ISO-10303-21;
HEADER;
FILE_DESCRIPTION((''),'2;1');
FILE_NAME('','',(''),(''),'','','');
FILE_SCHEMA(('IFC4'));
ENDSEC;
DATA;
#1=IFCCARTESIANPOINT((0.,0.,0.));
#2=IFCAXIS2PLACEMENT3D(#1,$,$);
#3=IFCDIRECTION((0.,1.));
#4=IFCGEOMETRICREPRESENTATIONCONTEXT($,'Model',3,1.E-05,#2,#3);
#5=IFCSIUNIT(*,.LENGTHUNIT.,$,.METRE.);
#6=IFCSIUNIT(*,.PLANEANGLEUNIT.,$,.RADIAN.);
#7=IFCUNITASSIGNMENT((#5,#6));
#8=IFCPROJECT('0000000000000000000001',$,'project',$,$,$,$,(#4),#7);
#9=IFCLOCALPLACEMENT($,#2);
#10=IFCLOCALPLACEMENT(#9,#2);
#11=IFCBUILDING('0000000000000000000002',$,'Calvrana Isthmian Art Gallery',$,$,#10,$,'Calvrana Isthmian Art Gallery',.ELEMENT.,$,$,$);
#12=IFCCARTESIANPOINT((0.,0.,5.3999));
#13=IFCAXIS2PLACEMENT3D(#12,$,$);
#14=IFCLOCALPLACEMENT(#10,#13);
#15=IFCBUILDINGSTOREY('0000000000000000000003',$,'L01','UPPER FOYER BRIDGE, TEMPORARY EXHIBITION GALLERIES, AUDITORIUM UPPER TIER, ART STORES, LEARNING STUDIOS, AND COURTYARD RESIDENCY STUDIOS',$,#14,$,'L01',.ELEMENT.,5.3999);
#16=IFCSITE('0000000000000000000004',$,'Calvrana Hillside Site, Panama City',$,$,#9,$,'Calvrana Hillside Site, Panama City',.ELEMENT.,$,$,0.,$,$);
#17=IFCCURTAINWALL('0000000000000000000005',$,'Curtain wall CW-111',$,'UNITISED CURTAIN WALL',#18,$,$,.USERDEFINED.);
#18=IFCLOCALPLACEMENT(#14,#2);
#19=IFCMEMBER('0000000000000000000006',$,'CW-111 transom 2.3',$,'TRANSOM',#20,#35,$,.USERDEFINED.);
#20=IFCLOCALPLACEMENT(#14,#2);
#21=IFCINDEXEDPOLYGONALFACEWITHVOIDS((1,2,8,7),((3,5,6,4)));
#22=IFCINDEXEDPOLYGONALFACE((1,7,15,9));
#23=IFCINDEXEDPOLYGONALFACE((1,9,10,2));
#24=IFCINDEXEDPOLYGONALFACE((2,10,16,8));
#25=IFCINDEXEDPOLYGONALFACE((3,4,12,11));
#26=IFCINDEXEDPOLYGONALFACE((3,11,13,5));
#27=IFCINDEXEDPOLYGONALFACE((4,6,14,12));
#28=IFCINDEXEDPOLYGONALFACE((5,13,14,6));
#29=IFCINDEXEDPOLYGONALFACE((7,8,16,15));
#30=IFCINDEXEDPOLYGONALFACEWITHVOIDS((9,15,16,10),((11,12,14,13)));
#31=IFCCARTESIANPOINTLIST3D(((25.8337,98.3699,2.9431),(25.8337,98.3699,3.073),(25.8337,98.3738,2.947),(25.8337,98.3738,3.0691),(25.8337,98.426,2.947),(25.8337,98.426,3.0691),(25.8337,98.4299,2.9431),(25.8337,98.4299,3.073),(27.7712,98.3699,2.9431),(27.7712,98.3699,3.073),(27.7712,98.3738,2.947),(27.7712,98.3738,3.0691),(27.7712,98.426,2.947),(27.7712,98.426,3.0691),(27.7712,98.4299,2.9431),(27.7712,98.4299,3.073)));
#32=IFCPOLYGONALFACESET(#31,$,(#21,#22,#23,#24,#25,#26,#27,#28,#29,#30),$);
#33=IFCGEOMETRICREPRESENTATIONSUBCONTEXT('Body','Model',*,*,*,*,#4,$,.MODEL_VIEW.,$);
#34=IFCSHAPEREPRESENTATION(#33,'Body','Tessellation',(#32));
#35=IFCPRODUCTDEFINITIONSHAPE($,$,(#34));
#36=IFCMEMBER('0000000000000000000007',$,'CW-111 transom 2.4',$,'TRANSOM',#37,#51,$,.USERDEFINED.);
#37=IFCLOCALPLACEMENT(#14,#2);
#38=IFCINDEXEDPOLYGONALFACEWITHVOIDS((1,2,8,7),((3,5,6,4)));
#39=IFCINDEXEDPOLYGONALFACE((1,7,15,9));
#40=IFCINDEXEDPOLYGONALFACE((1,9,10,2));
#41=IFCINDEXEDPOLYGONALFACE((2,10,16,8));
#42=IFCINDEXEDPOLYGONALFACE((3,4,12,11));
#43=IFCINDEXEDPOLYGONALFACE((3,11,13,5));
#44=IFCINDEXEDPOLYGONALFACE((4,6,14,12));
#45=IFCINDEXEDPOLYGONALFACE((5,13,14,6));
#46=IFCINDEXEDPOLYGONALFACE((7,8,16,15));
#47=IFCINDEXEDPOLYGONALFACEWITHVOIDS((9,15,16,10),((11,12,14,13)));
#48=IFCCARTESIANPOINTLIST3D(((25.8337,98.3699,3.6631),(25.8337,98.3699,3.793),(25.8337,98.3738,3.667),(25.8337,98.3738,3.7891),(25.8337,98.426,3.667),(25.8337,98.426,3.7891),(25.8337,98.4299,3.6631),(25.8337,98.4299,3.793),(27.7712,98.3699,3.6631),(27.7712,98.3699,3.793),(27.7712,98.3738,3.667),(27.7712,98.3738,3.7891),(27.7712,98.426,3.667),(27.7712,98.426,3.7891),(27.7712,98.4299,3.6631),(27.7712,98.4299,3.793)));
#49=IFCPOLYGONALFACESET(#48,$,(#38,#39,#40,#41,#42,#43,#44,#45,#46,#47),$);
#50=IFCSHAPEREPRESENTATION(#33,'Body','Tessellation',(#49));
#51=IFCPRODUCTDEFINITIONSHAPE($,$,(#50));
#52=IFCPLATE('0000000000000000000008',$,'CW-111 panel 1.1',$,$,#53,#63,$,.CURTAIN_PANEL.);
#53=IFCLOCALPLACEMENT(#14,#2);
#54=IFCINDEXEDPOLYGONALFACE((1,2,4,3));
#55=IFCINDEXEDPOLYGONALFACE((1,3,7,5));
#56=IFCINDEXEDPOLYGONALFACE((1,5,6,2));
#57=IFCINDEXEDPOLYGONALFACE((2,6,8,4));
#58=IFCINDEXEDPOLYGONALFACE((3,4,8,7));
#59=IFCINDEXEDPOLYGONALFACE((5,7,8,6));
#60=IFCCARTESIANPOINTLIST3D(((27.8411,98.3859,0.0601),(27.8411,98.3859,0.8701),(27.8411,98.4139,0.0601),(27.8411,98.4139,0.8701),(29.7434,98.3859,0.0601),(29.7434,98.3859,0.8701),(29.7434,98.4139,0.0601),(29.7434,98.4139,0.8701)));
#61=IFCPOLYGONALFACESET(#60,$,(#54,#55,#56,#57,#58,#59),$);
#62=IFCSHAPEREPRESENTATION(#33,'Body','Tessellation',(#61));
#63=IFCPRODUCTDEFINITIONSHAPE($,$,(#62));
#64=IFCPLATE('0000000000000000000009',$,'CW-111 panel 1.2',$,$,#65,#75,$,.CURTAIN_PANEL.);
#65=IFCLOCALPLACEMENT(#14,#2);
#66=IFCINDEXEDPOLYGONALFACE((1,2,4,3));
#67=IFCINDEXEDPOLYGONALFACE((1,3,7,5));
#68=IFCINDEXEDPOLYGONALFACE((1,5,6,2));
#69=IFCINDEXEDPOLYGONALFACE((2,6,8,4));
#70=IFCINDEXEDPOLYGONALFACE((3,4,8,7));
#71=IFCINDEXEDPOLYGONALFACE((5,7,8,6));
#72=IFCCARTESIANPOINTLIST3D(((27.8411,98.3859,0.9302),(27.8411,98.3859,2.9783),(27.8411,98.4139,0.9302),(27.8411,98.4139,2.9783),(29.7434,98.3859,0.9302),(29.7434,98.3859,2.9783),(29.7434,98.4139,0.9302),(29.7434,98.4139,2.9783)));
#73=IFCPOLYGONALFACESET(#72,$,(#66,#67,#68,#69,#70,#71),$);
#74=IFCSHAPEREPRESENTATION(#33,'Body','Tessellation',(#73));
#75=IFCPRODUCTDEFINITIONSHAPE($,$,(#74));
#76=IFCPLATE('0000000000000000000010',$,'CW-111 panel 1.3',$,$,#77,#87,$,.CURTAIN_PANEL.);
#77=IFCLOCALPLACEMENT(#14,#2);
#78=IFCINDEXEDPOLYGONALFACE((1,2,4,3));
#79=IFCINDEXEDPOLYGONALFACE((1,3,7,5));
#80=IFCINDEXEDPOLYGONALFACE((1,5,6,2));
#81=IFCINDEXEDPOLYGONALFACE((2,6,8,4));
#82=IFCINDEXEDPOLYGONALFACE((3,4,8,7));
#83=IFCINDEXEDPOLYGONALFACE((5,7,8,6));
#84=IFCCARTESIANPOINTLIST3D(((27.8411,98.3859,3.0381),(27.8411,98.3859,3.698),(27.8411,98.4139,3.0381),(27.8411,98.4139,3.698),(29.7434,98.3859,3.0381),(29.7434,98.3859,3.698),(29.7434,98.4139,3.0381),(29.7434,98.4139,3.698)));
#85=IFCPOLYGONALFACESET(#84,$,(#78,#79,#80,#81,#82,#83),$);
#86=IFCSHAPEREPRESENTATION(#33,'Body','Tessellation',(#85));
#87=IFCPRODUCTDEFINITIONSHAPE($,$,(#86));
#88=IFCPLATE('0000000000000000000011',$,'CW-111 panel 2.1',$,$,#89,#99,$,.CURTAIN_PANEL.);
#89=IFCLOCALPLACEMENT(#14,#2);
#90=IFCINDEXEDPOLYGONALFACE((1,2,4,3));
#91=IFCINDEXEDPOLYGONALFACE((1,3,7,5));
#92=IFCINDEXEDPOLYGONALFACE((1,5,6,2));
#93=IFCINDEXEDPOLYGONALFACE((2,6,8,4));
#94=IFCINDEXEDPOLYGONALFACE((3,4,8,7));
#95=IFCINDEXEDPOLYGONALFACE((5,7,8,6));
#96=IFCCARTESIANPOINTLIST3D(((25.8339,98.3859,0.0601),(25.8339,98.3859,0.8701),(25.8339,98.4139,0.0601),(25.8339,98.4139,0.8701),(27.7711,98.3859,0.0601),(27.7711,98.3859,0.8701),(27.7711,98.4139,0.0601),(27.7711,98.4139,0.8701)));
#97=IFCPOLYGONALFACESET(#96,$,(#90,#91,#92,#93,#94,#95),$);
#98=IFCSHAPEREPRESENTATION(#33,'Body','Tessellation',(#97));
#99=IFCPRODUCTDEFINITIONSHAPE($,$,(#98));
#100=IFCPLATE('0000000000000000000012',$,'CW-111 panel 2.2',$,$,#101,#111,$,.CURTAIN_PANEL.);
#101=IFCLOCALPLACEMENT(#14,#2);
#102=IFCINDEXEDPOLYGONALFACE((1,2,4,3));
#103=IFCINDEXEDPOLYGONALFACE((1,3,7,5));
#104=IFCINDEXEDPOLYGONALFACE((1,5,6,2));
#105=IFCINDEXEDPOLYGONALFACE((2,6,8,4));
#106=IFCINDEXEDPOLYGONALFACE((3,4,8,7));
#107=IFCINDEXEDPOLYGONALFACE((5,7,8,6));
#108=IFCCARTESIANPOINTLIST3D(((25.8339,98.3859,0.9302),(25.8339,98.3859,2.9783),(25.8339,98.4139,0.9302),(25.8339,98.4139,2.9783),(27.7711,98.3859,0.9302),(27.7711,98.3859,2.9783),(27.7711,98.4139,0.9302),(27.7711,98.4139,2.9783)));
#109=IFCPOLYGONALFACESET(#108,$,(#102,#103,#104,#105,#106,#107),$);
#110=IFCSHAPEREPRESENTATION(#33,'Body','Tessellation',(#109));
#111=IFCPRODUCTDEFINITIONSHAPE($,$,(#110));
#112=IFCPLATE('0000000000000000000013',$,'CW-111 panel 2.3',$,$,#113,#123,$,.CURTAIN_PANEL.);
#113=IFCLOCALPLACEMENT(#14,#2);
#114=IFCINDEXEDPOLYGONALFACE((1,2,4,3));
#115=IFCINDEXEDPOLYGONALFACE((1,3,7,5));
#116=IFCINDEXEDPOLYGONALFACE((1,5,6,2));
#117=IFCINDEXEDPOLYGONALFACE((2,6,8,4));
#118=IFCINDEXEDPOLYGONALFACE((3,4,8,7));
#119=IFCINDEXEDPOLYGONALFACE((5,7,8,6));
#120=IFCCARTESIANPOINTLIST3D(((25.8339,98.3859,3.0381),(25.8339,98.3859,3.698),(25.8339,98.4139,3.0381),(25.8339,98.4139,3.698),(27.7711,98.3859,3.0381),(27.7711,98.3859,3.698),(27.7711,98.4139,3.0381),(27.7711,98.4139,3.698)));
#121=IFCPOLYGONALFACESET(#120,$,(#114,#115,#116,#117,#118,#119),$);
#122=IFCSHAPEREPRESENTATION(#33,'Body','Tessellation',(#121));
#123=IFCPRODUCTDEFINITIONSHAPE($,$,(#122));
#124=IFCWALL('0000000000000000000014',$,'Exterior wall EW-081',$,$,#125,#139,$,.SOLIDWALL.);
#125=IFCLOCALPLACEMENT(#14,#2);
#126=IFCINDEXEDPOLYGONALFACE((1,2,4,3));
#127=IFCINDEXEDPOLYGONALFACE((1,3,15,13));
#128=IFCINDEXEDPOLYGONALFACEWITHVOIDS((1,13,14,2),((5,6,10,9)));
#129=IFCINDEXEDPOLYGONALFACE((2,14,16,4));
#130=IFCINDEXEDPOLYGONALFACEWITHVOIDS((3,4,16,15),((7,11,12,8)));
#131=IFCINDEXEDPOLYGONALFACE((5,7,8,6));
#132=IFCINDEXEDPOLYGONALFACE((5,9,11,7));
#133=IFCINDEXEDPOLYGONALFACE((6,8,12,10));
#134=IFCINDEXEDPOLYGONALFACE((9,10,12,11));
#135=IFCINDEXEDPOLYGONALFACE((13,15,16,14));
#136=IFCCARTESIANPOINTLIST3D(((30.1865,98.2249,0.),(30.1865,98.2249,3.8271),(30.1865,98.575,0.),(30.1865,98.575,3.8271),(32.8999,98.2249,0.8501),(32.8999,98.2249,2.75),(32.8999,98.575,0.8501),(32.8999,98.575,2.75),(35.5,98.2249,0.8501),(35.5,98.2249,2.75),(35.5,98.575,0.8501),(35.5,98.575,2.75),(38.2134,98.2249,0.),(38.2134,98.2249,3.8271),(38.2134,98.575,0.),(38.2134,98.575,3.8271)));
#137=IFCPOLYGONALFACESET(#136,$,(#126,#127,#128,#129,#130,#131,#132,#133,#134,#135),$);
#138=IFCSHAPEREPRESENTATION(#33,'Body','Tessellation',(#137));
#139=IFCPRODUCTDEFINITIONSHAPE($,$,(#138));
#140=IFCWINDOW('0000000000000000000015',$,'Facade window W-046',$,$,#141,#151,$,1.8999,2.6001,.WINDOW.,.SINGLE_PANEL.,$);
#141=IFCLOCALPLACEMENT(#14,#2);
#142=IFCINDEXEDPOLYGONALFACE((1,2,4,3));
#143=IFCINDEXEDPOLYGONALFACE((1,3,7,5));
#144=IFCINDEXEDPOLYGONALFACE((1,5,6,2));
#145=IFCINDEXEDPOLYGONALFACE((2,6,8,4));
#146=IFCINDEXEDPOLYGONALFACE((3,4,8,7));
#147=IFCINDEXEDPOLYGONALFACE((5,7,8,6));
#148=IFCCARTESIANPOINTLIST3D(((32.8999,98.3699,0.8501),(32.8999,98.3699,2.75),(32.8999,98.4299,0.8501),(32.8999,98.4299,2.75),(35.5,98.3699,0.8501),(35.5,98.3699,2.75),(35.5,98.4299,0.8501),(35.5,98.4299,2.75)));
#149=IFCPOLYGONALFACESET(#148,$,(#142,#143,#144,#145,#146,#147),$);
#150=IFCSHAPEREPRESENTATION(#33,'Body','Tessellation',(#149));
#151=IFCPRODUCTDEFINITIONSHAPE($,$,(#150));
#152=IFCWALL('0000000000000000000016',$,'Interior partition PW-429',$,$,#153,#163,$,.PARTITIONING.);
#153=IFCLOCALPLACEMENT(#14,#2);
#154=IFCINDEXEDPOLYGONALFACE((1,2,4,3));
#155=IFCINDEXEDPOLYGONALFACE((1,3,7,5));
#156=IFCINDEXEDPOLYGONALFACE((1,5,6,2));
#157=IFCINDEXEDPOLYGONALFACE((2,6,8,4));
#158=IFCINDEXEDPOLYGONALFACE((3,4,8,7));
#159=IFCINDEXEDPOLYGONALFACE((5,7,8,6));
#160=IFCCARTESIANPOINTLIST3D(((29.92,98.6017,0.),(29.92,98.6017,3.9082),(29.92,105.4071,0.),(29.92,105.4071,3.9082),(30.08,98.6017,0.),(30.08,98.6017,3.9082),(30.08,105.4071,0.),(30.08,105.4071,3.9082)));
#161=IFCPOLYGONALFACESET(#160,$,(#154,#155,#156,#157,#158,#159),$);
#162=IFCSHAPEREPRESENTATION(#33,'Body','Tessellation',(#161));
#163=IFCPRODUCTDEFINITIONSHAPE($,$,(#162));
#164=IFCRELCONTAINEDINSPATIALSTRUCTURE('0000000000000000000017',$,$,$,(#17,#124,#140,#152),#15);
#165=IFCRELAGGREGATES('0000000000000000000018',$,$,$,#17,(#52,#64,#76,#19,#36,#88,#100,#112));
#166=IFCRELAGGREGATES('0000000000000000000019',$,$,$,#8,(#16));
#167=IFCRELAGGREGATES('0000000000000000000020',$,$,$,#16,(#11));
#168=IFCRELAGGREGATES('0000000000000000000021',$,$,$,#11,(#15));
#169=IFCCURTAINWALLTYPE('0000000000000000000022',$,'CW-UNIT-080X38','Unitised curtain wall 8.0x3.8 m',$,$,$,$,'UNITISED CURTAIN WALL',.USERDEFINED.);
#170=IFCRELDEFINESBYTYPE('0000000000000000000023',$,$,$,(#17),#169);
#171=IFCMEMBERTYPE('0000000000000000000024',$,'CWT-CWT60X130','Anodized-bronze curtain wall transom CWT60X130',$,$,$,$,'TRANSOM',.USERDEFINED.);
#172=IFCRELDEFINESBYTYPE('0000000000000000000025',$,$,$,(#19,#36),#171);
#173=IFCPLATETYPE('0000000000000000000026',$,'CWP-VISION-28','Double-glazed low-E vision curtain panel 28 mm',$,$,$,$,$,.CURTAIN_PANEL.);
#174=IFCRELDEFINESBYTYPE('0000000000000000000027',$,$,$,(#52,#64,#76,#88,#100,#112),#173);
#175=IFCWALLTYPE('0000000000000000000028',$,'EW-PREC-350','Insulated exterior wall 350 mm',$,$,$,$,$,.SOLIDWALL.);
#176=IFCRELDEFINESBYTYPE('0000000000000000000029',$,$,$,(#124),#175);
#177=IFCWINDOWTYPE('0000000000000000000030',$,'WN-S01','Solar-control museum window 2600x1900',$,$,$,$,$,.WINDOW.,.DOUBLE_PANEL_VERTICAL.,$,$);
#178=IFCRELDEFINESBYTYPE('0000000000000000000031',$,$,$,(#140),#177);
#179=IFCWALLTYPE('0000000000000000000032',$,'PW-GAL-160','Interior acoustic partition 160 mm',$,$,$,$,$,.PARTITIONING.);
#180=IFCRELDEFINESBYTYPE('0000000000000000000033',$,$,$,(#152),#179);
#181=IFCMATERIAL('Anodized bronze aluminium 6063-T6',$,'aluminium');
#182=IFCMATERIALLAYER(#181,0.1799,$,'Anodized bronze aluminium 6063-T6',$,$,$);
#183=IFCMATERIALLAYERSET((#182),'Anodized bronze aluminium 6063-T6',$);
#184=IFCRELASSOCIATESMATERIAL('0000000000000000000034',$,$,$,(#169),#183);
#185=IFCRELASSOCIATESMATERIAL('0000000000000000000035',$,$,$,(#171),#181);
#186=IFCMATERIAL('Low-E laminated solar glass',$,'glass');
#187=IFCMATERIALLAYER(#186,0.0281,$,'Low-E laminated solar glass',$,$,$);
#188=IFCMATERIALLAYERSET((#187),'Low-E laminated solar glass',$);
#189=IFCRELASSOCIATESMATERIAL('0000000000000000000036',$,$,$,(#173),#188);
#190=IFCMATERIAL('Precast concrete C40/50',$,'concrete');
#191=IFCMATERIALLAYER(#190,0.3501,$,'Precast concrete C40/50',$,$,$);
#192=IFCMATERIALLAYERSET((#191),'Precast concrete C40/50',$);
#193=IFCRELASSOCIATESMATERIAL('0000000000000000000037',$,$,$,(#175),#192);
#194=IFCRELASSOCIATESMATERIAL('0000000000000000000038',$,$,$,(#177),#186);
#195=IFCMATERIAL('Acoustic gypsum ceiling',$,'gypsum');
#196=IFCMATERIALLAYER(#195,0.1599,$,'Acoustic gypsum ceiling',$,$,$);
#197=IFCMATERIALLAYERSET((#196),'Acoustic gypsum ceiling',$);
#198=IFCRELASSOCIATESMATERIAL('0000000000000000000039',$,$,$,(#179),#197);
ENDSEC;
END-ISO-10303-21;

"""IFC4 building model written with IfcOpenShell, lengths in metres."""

from ifc_helpers import new_model, si_unit, direction, frame, frame_2d, origin, origin_2d, place, context, subcontext, project, spatial, rectangle, hollow_rectangle, extrude, material, layer, layer_set, material_profile, profile_set, type_object, element, fill, aggregate, save


model = new_model("IFC4")

# Units and contexts
model_context = context("Model", 3, precision=1e-05, world=origin(), true_north=direction((0.0, 1.0)))
body_context = subcontext(model_context, "Body", "Model", "MODEL_VIEW")
ifc_project = project(units=[si_unit("LENGTHUNIT", "METRE"), si_unit("PLANEANGLEUNIT", "RADIAN")], contexts=[model_context])

# Site, building, storey
site_placement = place(None, origin())
site = spatial("IfcSite", under=ifc_project, at=site_placement, Name="Calvrana Hillside Site, Panama City", LongName="Calvrana Hillside Site, Panama City", CompositionType="ELEMENT", RefElevation=0.0)
building_placement = place(site_placement, origin())
building = spatial("IfcBuilding", under=site, at=building_placement, Name="Calvrana Isthmian Art Gallery", LongName="Calvrana Isthmian Art Gallery", CompositionType="ELEMENT")
storey_placement = place(building_placement, frame((0.0, 0.0, 5.3999)))
storey = spatial("IfcBuildingStorey", under=building, at=storey_placement, Name="L01", Description="UPPER FOYER BRIDGE, TEMPORARY EXHIBITION GALLERIES, AUDITORIUM UPPER TIER, ART STORES, LEARNING STUDIOS, AND COURTYARD RESIDENCY STUDIOS", LongName="L01", CompositionType="ELEMENT", Elevation=5.3999)

# Curtain wall, members, plates
ifc_material_1 = material(Name="Anodized bronze aluminium 6063-T6", Category="aluminium")
ifc_layer_1 = layer(ifc_material_1, 0.1799, Name="Anodized bronze aluminium 6063-T6")
ifc_layer_set_1 = layer_set([ifc_layer_1], Name="Anodized bronze aluminium 6063-T6")
curtain_wall_type = type_object("IfcCurtainWallType", Name="CW-UNIT-080X38", Description="Unitised curtain wall 8.0x3.8 m", ElementType="UNITISED CURTAIN WALL", PredefinedType="USERDEFINED", material=ifc_layer_set_1)
curtain_wall_placement = place(storey_placement, origin())
curtain_wall = element("IfcCurtainWall", 1, at=curtain_wall_placement, inside=storey, type_object=curtain_wall_type, Name="Curtain wall CW-111", ObjectType="UNITISED CURTAIN WALL", PredefinedType="USERDEFINED")
ifc_material_profile_1 = material_profile(ifc_material_1, hollow_rectangle(XDim=0.0601, YDim=0.1299, WallThickness=0.0039, at=origin_2d()), Name="CWT60X130")
ifc_profile_set_1 = profile_set([ifc_material_profile_1], Name="Anodized bronze aluminium 6063-T6")
member_type_1 = type_object("IfcMemberType", Name="CWT-CWT60X130", Description="Anodized-bronze curtain wall transom CWT60X130", ElementType="TRANSOM", PredefinedType="USERDEFINED", material=ifc_profile_set_1)
member_1_placement = place(storey_placement, frame((27.7712, 98.3999, 3.0081), z_axis=(-1.0, 0.0, 0.0), x_axis=(0.0, -1.0, 0.0)))
member_1 = element("IfcMember", 2, at=member_1_placement, type_object=member_type_1, Name="CW-111 transom 2.3", ObjectType="TRANSOM", PredefinedType="USERDEFINED", context=body_context, shape_type="SweptSolid", body=[
    extrude(hollow_rectangle(XDim=0.0601, YDim=0.1299, WallThickness=0.0039, at=origin_2d()), origin(), (0.0, 0.0, 1.0), 1.9375),
])
member_2_placement = place(storey_placement, frame((27.7712, 98.3999, 3.728), z_axis=(-1.0, 0.0, 0.0), x_axis=(0.0, -1.0, 0.0)))
member_2 = element("IfcMember", 3, at=member_2_placement, type_object=member_type_1, Name="CW-111 transom 2.4", ObjectType="TRANSOM", PredefinedType="USERDEFINED", context=body_context, shape_type="SweptSolid", body=[
    extrude(hollow_rectangle(XDim=0.0601, YDim=0.1299, WallThickness=0.0039, at=origin_2d()), origin(), (0.0, 0.0, 1.0), 1.9375),
])
ifc_material_2 = material(Name="Low-E laminated solar glass", Category="glass")
ifc_layer_2 = layer(ifc_material_2, 0.0281, Name="Low-E laminated solar glass")
ifc_layer_set_2 = layer_set([ifc_layer_2], Name="Low-E laminated solar glass")
plate_type = type_object("IfcPlateType", Name="CWP-VISION-28", Description="Double-glazed low-E vision curtain panel 28 mm", PredefinedType="CURTAIN_PANEL", material=ifc_layer_set_2)
plate_1_placement = place(storey_placement, frame((28.7922, 98.3999, 0.0601), z_axis=(0.0, 0.0, 1.0), x_axis=(-1.0, 0.0, 0.0)))
plate_1 = element("IfcPlate", 4, at=plate_1_placement, type_object=plate_type, Name="CW-111 panel 1.1", PredefinedType="CURTAIN_PANEL", context=body_context, shape_type="SweptSolid", body=[
    extrude(rectangle(XDim=1.9023, YDim=0.0281, at=origin_2d()), origin(), (0.0, 0.0, 1.0), 0.8101),
])
plate_2_placement = place(storey_placement, frame((28.7922, 98.3999, 0.9302), z_axis=(0.0, 0.0, 1.0), x_axis=(-1.0, 0.0, 0.0)))
plate_2 = element("IfcPlate", 5, at=plate_2_placement, type_object=plate_type, Name="CW-111 panel 1.2", PredefinedType="CURTAIN_PANEL", context=body_context, shape_type="SweptSolid", body=[
    extrude(rectangle(XDim=1.9023, YDim=0.0281, at=origin_2d()), origin(), (0.0, 0.0, 1.0), 2.0481),
])
plate_3_placement = place(storey_placement, frame((28.7922, 98.3999, 3.0381), z_axis=(0.0, 0.0, 1.0), x_axis=(-1.0, 0.0, 0.0)))
plate_3 = element("IfcPlate", 6, at=plate_3_placement, type_object=plate_type, Name="CW-111 panel 1.3", PredefinedType="CURTAIN_PANEL", context=body_context, shape_type="SweptSolid", body=[
    extrude(rectangle(XDim=1.9023, YDim=0.0281, at=origin_2d()), origin(), (0.0, 0.0, 1.0), 0.6599),
])
plate_4_placement = place(storey_placement, frame((26.8025, 98.3999, 0.0601), z_axis=(0.0, 0.0, 1.0), x_axis=(-1.0, 0.0, 0.0)))
plate_4 = element("IfcPlate", 7, at=plate_4_placement, type_object=plate_type, Name="CW-111 panel 2.1", PredefinedType="CURTAIN_PANEL", context=body_context, shape_type="SweptSolid", body=[
    extrude(rectangle(XDim=1.9373, YDim=0.0281, at=origin_2d()), origin(), (0.0, 0.0, 1.0), 0.8101),
])
plate_5_placement = place(storey_placement, frame((26.8025, 98.3999, 0.9302), z_axis=(0.0, 0.0, 1.0), x_axis=(-1.0, 0.0, 0.0)))
plate_5 = element("IfcPlate", 8, at=plate_5_placement, type_object=plate_type, Name="CW-111 panel 2.2", PredefinedType="CURTAIN_PANEL", context=body_context, shape_type="SweptSolid", body=[
    extrude(rectangle(XDim=1.9373, YDim=0.0281, at=origin_2d()), origin(), (0.0, 0.0, 1.0), 2.0481),
])
plate_6_placement = place(storey_placement, frame((26.8025, 98.3999, 3.0381), z_axis=(0.0, 0.0, 1.0), x_axis=(-1.0, 0.0, 0.0)))
plate_6 = element("IfcPlate", 9, at=plate_6_placement, type_object=plate_type, Name="CW-111 panel 2.3", PredefinedType="CURTAIN_PANEL", context=body_context, shape_type="SweptSolid", body=[
    extrude(rectangle(XDim=1.9373, YDim=0.0281, at=origin_2d()), origin(), (0.0, 0.0, 1.0), 0.6599),
])
aggregate(curtain_wall, [plate_1, plate_2, plate_3, member_1, member_2, plate_4, plate_5, plate_6])

# Wall, opening, window
ifc_material_3 = material(Name="Precast concrete C40/50", Category="concrete")
ifc_layer_3 = layer(ifc_material_3, 0.3501, Name="Precast concrete C40/50")
ifc_layer_set_3 = layer_set([ifc_layer_3], Name="Precast concrete C40/50")
wall_type_1 = type_object("IfcWallType", Name="EW-PREC-350", Description="Insulated exterior wall 350 mm", PredefinedType="SOLIDWALL", material=ifc_layer_set_3)
wall_1_placement = place(storey_placement, frame((38.2134, 98.3999, 0.0), z_axis=(0.0, 0.0, 1.0), x_axis=(-1.0, 0.0, 0.0)))
wall_1 = element("IfcWall", 10, at=wall_1_placement, inside=storey, type_object=wall_type_1, Name="Exterior wall EW-081", PredefinedType="SOLIDWALL", context=body_context, shape_type="SweptSolid", body=[
    extrude(rectangle(XDim=8.0269, YDim=0.3501, at=frame_2d((4.0134, 0.0))), origin(), (0.0, 0.0, 1.0), 3.8271),
])
opening_1_placement = place(wall_1_placement, frame((2.7134, 0.0, 0.8501)))
opening_1 = element("IfcOpeningElement", 11, at=opening_1_placement, cuts=wall_1, PredefinedType="OPENING", context=body_context, shape_type="SweptSolid", body=[
    extrude(rectangle(XDim=2.6001, YDim=1.8999, at=frame_2d((1.3, 0.95))), frame((0.0, 0.1853, 0.0), z_axis=(0.0, -1.0, 0.0), x_axis=(1.0, 0.0, 0.0)), (0.0, 0.0, 1.0), 0.3706),
])
window_type = type_object("IfcWindowType", Name="WN-S01", Description="Solar-control museum window 2600x1900", PartitioningType="DOUBLE_PANEL_VERTICAL", PredefinedType="WINDOW", material=ifc_material_2)
window_placement = place(opening_1_placement, origin())
window = element("IfcWindow", 12, at=window_placement, inside=storey, type_object=window_type, Name="Facade window W-046", OverallHeight=1.8999, OverallWidth=2.6001, PartitioningType="SINGLE_PANEL", PredefinedType="WINDOW", context=body_context, shape_type="SweptSolid", body=[
    extrude(rectangle(XDim=2.6001, YDim=1.8999, at=frame_2d((1.3, 0.95))), frame((0.0, 0.03, 0.0), z_axis=(0.0, -1.0, 0.0), x_axis=(1.0, 0.0, 0.0)), (0.0, 0.0, 1.0), 0.0601),
])
fill(opening_1, window)

# Wall
ifc_material_4 = material(Name="Acoustic gypsum ceiling", Category="gypsum")
ifc_layer_4 = layer(ifc_material_4, 0.1599, Name="Acoustic gypsum ceiling")
ifc_layer_set_4 = layer_set([ifc_layer_4], Name="Acoustic gypsum ceiling")
wall_type_2 = type_object("IfcWallType", Name="PW-GAL-160", Description="Interior acoustic partition 160 mm", PredefinedType="PARTITIONING", material=ifc_layer_set_4)
wall_2_placement = place(storey_placement, frame((30.0, 98.6016, 0.0), z_axis=(0.0, 0.0, 1.0), x_axis=(0.0, 1.0, 0.0)))
element("IfcWall", 13, at=wall_2_placement, inside=storey, type_object=wall_type_2, Name="Interior partition PW-429", PredefinedType="PARTITIONING", context=body_context, shape_type="SweptSolid", body=[
    extrude(rectangle(XDim=6.8054, YDim=0.1599, at=frame_2d((3.4028, 0.0))), origin(), (0.0, 0.0, 1.0), 3.9082),
])

save(model, "model.ifc")
